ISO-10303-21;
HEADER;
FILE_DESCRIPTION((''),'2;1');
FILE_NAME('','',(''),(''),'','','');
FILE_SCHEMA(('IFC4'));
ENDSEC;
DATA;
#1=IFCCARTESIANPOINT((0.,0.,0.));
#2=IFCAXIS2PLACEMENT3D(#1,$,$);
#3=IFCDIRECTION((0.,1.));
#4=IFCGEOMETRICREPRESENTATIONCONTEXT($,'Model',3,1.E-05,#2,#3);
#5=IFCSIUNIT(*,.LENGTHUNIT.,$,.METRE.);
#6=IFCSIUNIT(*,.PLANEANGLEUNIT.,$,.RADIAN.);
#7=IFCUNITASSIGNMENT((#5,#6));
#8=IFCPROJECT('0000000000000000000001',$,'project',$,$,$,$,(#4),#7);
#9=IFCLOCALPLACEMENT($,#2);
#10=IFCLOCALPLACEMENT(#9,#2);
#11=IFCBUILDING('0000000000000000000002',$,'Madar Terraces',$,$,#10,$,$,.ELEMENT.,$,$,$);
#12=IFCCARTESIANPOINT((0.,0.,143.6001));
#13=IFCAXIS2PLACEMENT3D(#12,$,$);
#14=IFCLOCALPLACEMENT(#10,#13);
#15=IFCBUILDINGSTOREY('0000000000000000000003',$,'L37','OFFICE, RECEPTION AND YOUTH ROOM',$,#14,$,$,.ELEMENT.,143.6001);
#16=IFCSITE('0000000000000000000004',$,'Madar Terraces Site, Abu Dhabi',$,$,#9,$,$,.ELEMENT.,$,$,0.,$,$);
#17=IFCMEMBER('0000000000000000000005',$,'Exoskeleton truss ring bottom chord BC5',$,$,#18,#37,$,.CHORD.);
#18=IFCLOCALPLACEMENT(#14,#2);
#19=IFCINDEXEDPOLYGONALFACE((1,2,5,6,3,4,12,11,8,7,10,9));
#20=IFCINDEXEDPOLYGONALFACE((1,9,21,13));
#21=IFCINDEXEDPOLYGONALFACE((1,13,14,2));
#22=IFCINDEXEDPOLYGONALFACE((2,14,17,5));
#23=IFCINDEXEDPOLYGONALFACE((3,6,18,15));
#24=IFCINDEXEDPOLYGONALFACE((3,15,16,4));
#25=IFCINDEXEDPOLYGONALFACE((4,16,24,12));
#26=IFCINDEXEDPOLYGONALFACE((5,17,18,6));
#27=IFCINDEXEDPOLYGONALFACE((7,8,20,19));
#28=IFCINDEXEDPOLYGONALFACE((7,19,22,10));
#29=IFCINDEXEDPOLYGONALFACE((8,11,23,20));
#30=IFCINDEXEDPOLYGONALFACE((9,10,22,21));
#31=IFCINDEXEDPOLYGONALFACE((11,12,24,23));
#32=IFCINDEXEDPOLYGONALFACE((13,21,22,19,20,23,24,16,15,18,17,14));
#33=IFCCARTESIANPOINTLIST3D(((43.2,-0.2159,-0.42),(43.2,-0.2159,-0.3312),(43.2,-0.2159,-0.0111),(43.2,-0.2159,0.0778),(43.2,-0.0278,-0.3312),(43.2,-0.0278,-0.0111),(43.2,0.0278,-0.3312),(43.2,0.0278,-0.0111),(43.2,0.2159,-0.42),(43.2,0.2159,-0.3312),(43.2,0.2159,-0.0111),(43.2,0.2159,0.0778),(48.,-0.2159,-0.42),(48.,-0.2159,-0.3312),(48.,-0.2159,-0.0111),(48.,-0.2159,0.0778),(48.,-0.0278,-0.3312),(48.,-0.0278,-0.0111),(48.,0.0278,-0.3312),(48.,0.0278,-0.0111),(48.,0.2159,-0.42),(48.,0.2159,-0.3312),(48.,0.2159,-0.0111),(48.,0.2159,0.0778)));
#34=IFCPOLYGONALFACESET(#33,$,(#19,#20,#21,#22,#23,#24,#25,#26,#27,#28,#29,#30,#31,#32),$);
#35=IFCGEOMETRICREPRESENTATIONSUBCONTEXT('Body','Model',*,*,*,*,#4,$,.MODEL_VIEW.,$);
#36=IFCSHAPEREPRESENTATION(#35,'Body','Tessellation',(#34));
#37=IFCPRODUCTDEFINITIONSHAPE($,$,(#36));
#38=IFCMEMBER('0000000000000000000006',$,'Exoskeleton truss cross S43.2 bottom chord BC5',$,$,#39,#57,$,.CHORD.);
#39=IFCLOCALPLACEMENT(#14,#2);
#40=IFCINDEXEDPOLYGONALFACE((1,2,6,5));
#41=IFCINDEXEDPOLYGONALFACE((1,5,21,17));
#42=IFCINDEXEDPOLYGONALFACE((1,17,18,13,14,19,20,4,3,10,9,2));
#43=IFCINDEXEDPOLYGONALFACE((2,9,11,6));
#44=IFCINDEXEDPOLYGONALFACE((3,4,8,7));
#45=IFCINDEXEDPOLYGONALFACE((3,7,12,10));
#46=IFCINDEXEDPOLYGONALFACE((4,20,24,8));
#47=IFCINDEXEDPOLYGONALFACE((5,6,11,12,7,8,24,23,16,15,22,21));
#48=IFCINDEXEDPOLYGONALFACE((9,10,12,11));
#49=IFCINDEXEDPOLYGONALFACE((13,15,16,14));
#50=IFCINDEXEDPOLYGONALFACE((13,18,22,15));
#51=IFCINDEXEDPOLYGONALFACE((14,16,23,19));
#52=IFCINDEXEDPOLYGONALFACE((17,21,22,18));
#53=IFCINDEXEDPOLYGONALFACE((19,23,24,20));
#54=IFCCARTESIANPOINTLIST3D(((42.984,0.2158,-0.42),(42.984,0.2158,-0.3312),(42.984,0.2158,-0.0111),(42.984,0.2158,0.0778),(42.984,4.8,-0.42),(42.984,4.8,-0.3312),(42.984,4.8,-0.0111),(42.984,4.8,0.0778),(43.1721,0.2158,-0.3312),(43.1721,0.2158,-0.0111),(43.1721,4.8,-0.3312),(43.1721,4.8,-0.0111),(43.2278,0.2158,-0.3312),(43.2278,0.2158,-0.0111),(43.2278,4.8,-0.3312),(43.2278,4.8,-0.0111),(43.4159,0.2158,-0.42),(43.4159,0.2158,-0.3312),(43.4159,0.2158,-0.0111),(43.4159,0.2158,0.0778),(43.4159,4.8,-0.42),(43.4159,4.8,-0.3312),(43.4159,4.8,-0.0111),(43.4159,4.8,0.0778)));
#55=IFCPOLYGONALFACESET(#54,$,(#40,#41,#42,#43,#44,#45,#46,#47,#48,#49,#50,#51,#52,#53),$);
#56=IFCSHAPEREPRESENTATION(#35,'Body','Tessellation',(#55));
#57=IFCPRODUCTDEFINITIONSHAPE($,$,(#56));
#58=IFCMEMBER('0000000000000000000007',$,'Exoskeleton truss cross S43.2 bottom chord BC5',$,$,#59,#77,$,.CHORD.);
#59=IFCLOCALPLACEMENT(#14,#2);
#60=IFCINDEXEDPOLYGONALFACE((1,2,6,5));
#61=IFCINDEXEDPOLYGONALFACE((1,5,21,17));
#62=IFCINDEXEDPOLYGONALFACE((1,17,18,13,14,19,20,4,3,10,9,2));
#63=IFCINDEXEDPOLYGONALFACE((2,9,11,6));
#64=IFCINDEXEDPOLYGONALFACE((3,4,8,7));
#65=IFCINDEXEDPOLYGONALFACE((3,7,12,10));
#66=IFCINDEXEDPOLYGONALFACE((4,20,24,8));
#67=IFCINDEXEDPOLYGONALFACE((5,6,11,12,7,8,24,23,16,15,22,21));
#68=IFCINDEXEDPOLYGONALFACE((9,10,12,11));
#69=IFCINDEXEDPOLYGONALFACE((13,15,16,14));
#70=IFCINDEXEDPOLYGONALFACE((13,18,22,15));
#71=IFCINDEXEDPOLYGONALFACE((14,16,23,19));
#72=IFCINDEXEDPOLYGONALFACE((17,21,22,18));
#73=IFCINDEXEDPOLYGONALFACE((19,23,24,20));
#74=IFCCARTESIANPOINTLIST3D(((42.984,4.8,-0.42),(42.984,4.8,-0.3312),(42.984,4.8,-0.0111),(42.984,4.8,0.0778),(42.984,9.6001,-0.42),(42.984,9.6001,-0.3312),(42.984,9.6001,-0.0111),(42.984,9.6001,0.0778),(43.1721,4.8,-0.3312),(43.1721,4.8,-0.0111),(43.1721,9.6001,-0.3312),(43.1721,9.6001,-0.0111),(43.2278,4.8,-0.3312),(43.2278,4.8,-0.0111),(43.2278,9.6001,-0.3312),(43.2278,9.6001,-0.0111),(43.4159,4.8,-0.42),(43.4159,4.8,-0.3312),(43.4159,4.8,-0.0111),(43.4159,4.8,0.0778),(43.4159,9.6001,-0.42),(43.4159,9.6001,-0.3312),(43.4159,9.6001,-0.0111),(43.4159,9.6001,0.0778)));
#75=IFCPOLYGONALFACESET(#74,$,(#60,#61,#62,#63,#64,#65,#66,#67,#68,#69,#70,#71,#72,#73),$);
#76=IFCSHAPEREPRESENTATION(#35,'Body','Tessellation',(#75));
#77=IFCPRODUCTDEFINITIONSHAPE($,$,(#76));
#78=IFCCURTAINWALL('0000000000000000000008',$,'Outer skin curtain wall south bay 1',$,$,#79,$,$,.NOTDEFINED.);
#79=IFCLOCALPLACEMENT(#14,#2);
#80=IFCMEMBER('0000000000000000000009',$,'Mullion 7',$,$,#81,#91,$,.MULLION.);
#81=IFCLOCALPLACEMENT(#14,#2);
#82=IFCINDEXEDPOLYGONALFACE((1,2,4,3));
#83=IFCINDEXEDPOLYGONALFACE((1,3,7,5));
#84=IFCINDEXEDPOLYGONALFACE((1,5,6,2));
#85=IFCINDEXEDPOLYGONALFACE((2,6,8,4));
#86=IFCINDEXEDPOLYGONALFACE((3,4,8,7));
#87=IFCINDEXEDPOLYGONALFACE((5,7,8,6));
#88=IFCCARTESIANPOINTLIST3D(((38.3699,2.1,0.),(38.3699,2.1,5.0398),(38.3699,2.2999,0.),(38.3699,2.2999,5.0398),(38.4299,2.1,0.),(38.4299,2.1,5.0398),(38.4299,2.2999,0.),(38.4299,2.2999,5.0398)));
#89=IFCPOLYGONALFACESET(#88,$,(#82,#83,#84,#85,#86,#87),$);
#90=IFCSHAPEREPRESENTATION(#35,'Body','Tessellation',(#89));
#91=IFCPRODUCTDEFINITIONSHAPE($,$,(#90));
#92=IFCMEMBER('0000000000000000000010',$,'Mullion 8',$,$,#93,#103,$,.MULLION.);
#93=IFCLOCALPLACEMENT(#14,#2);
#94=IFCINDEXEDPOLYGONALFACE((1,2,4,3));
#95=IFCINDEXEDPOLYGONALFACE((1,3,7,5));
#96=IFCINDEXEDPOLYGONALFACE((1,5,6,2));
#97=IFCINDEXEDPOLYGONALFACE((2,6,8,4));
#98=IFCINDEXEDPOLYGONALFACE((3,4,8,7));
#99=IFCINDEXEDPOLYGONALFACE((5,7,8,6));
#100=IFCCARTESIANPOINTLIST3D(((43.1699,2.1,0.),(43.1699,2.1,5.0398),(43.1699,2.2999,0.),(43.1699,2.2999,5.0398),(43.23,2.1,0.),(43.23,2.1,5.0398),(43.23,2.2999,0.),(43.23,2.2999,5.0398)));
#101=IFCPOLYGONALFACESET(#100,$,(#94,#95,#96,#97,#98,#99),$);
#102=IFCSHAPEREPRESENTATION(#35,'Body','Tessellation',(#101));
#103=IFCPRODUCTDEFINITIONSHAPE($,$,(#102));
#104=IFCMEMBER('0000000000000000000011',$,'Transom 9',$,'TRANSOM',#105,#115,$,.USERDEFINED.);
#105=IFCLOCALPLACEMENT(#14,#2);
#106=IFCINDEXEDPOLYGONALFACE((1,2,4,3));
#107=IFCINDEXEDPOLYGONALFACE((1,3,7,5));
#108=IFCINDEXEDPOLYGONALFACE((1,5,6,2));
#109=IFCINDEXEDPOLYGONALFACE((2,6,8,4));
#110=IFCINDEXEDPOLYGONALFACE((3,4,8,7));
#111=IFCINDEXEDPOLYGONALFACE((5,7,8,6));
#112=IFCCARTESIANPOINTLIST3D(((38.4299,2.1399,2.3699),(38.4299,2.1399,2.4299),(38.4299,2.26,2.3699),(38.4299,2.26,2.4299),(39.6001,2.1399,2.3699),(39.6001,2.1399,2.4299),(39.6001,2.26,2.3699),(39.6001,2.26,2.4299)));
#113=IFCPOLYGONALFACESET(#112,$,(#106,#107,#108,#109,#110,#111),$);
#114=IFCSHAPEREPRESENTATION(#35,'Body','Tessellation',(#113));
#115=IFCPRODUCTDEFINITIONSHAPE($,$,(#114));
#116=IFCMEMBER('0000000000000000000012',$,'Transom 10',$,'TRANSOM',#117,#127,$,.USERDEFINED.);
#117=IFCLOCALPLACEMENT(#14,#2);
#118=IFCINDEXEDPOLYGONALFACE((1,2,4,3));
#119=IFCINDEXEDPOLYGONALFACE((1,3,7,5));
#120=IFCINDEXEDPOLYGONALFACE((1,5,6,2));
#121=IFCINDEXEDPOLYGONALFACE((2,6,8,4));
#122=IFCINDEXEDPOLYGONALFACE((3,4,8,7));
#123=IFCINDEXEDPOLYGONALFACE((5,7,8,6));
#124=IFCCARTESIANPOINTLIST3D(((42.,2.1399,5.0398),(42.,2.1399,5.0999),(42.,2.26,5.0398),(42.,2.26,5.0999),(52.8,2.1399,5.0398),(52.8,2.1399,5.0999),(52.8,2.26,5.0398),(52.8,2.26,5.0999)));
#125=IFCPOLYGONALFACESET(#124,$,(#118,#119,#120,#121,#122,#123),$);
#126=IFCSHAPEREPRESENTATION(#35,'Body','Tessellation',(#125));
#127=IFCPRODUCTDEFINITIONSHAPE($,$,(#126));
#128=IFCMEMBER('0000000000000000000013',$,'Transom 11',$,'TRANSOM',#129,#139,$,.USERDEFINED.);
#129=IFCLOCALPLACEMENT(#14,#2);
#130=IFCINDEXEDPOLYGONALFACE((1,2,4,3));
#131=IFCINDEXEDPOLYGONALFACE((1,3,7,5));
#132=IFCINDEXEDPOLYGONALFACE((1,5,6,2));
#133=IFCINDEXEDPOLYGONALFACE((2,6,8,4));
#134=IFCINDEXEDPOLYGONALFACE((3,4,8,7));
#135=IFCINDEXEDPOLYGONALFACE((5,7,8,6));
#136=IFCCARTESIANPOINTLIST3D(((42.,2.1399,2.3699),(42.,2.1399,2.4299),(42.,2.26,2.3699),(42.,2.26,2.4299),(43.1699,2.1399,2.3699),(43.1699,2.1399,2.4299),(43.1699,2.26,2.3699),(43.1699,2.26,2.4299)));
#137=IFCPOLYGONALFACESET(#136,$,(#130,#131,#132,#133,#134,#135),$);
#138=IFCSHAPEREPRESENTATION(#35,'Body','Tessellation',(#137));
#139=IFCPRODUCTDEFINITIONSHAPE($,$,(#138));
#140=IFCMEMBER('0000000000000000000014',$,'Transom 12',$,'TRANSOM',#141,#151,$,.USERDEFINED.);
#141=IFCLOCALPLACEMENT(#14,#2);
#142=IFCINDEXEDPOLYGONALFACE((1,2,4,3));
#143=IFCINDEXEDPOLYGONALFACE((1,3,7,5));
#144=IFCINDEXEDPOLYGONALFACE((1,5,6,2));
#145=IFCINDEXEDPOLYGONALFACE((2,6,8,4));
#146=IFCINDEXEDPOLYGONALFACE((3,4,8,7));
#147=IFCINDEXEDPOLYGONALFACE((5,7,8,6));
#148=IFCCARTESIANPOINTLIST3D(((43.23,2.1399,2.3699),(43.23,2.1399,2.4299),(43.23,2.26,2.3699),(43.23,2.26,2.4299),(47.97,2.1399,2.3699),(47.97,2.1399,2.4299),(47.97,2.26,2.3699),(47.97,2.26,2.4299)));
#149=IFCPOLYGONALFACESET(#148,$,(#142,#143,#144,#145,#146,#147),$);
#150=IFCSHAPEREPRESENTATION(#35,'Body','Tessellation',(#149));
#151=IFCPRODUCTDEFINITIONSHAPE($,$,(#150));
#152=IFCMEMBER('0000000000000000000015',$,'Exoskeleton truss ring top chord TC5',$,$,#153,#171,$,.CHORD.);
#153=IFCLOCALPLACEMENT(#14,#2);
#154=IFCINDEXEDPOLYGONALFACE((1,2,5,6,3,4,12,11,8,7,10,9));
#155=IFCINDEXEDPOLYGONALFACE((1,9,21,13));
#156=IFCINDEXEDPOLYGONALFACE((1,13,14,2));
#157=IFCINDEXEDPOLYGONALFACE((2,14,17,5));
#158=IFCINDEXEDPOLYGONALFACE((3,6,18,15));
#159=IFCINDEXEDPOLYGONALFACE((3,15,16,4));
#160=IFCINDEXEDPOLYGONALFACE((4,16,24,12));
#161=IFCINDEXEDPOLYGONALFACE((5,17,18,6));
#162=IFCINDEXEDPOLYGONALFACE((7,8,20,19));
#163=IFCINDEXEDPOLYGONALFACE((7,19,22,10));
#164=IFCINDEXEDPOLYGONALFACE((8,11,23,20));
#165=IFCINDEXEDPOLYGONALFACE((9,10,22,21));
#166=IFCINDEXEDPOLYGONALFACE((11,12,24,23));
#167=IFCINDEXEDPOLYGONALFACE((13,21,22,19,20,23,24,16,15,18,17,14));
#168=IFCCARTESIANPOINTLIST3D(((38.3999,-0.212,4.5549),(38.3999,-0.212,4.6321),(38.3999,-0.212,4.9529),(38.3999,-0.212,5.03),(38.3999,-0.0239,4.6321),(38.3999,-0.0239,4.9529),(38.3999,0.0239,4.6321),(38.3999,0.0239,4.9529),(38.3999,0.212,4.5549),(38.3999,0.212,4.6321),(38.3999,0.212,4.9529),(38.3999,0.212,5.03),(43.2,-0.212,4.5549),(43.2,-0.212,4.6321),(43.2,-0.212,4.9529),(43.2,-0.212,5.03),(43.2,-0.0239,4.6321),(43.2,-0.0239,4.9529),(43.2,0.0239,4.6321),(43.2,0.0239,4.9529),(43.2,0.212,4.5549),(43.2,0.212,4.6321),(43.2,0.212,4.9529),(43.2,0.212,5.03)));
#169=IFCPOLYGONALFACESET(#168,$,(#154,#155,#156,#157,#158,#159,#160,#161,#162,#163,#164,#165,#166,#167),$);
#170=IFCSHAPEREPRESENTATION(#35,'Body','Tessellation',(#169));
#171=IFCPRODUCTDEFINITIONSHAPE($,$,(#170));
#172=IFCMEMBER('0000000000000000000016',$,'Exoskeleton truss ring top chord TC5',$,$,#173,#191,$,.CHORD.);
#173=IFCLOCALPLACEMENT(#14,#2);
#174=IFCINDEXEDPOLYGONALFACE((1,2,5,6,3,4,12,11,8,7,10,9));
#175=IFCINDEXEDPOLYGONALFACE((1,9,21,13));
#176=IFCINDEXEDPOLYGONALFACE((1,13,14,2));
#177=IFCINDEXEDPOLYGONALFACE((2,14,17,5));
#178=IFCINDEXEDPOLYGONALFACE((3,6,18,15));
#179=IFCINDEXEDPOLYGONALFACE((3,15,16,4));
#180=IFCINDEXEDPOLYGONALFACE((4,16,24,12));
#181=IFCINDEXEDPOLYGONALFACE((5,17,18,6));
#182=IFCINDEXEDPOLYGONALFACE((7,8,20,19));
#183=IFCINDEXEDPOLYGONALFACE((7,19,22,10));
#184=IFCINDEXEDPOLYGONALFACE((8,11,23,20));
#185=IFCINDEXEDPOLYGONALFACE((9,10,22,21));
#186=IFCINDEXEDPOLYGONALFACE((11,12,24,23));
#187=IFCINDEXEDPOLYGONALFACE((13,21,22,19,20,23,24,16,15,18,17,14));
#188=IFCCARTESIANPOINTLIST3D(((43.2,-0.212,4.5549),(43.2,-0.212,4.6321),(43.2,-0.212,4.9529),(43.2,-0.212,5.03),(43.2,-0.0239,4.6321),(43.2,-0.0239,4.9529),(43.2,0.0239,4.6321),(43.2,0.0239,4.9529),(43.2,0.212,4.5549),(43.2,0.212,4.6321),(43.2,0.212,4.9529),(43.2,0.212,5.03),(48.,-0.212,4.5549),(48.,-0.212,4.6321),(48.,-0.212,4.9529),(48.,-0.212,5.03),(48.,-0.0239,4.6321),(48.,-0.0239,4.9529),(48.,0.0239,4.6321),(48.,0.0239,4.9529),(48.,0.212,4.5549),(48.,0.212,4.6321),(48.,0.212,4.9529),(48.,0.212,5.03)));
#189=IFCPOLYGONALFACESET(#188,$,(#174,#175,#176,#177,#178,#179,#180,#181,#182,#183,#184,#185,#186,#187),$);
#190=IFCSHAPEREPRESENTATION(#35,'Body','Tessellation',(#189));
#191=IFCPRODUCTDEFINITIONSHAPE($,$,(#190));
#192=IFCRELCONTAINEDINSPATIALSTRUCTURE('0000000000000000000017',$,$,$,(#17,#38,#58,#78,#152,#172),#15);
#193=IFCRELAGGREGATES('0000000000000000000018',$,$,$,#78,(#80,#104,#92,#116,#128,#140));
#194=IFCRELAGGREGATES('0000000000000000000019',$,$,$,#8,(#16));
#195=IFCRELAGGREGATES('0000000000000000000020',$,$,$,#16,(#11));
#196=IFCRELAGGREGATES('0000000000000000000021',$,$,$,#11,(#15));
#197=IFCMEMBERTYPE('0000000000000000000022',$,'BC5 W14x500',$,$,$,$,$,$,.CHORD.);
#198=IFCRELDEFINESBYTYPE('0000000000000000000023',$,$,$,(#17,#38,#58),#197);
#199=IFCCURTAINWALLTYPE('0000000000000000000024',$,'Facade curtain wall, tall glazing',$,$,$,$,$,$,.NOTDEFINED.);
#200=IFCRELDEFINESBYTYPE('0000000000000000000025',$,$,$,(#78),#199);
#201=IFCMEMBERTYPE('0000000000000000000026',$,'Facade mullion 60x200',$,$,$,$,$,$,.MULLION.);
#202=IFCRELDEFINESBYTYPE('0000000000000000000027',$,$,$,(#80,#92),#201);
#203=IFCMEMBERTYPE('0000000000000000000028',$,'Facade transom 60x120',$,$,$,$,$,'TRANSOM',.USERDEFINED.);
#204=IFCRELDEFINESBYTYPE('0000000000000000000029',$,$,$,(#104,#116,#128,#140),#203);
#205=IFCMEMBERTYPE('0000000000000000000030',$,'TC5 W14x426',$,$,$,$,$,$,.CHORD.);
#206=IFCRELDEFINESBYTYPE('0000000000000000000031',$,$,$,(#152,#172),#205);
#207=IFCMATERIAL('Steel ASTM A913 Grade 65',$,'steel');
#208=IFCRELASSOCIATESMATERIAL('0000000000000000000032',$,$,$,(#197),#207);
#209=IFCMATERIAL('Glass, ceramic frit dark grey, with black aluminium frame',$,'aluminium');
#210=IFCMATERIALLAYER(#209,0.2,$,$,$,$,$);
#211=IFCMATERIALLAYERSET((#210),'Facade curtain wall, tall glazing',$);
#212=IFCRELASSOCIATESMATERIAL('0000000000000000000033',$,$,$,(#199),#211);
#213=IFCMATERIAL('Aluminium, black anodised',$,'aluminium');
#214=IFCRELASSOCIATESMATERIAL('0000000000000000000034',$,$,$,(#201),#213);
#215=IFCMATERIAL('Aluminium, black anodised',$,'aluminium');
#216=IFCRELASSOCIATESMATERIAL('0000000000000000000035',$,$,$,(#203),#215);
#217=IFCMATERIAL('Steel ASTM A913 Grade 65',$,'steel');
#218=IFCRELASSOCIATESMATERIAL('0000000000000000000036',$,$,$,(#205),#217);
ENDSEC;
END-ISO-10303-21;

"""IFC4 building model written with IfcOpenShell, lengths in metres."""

from ifc_helpers import new_model, si_unit, direction, frame, origin, origin_2d, place, context, subcontext, project, spatial, rectangle, i_section, extrude, material, layer, layer_set, material_profile, profile_set, type_object, element, aggregate, save


model = new_model("IFC4")

# Units and contexts
model_context = context("Model", 3, precision=1e-05, world=origin(), true_north=direction((0.0, 1.0)))
body_context = subcontext(model_context, "Body", "Model", "MODEL_VIEW")
ifc_project = project(units=[si_unit("LENGTHUNIT", "METRE"), si_unit("PLANEANGLEUNIT", "RADIAN")], contexts=[model_context])

# Site, building, storey
site_placement = place(None, origin())
site = spatial("IfcSite", under=ifc_project, at=site_placement, Name="Madar Terraces Site, Abu Dhabi", CompositionType="ELEMENT", RefElevation=0.0)
building_placement = place(site_placement, origin())
building = spatial("IfcBuilding", under=site, at=building_placement, Name="Madar Terraces", CompositionType="ELEMENT")
storey_placement = place(building_placement, frame((0.0, 0.0, 143.6001)))
storey = spatial("IfcBuildingStorey", under=building, at=storey_placement, Name="L37", Description="OFFICE, RECEPTION AND YOUTH ROOM", CompositionType="ELEMENT", Elevation=143.6001)

# Members
ifc_material_1 = material(Name="Steel ASTM A913 Grade 65", Category="steel")
ifc_material_profile_1 = material_profile(ifc_material_1, i_section(OverallWidth=0.4319, OverallDepth=0.4978, WebThickness=0.0557, FlangeThickness=0.0889, at=origin_2d()), Name="W14x500")
ifc_profile_set_1 = profile_set([ifc_material_profile_1], Name="Steel ASTM A913 Grade 65")
member_type_1 = type_object("IfcMemberType", Name="BC5 W14x500", PredefinedType="CHORD", material=ifc_profile_set_1)
member_1_placement = place(storey_placement, frame((43.2, 0.0, -0.1711), z_axis=(1.0, 0.0, 0.0), x_axis=(0.0, 1.0, 0.0)))
element("IfcMember", 1, at=member_1_placement, inside=storey, type_object=member_type_1, Name="Exoskeleton truss ring bottom chord BC5", PredefinedType="CHORD", context=body_context, shape_type="SweptSolid", body=[
    extrude(i_section(OverallWidth=0.4319, OverallDepth=0.4978, WebThickness=0.0557, FlangeThickness=0.0889, at=origin_2d()), origin(), (0.0, 0.0, 1.0), 4.8),
])
member_2_placement = place(storey_placement, frame((43.2, 0.2158, -0.1711), z_axis=(0.0, 1.0, 0.0), x_axis=(-1.0, 0.0, 0.0)))
element("IfcMember", 2, at=member_2_placement, inside=storey, type_object=member_type_1, Name="Exoskeleton truss cross S43.2 bottom chord BC5", PredefinedType="CHORD", context=body_context, shape_type="SweptSolid", body=[
    extrude(i_section(OverallWidth=0.4319, OverallDepth=0.4978, WebThickness=0.0557, FlangeThickness=0.0889, at=origin_2d()), origin(), (0.0, 0.0, 1.0), 4.5842),
])
member_3_placement = place(storey_placement, frame((43.2, 4.8, -0.1711), z_axis=(0.0, 1.0, 0.0), x_axis=(-1.0, 0.0, 0.0)))
element("IfcMember", 3, at=member_3_placement, inside=storey, type_object=member_type_1, Name="Exoskeleton truss cross S43.2 bottom chord BC5", PredefinedType="CHORD", context=body_context, shape_type="SweptSolid", body=[
    extrude(i_section(OverallWidth=0.4319, OverallDepth=0.4978, WebThickness=0.0557, FlangeThickness=0.0889, at=origin_2d()), origin(), (0.0, 0.0, 1.0), 4.8),
])

# Curtain wall, members
ifc_material_2 = material(Name="Glass, ceramic frit dark grey, with black aluminium frame", Category="aluminium")
ifc_layer_1 = layer(ifc_material_2, 0.2)
ifc_layer_set_1 = layer_set([ifc_layer_1], Name="Facade curtain wall, tall glazing")
curtain_wall_type = type_object("IfcCurtainWallType", Name="Facade curtain wall, tall glazing", PredefinedType="NOTDEFINED", material=ifc_layer_set_1)
curtain_wall_placement = place(storey_placement, origin())
curtain_wall = element("IfcCurtainWall", 4, at=curtain_wall_placement, inside=storey, type_object=curtain_wall_type, Name="Outer skin curtain wall south bay 1", PredefinedType="NOTDEFINED")
ifc_material_3 = material(Name="Aluminium, black anodised", Category="aluminium")
ifc_material_profile_2 = material_profile(ifc_material_3, rectangle(XDim=0.2, YDim=0.0601, at=origin_2d()), Name="Facade mullion 60x200")
ifc_profile_set_2 = profile_set([ifc_material_profile_2], Name="Aluminium, black anodised")
member_type_2 = type_object("IfcMemberType", Name="Facade mullion 60x200", PredefinedType="MULLION", material=ifc_profile_set_2)
member_4_placement = place(storey_placement, frame((38.3999, 2.2, 0.0), z_axis=(0.0, 0.0, 1.0), x_axis=(0.0, 1.0, 0.0)))
member_4 = element("IfcMember", 5, at=member_4_placement, type_object=member_type_2, Name="Mullion 7", PredefinedType="MULLION", context=body_context, shape_type="SweptSolid", body=[
    extrude(rectangle(XDim=0.2, YDim=0.0601, at=origin_2d()), origin(), (0.0, 0.0, 1.0), 5.0398),
])
member_5_placement = place(storey_placement, frame((43.2, 2.2, 0.0), z_axis=(0.0, 0.0, 1.0), x_axis=(0.0, 1.0, 0.0)))
member_5 = element("IfcMember", 6, at=member_5_placement, type_object=member_type_2, Name="Mullion 8", PredefinedType="MULLION", context=body_context, shape_type="SweptSolid", body=[
    extrude(rectangle(XDim=0.2, YDim=0.0601, at=origin_2d()), origin(), (0.0, 0.0, 1.0), 5.0398),
])
ifc_material_4 = material(Name="Aluminium, black anodised", Category="aluminium")
ifc_material_profile_3 = material_profile(ifc_material_4, rectangle(XDim=0.1201, YDim=0.0601, at=origin_2d()), Name="Facade transom 60x120")
ifc_profile_set_3 = profile_set([ifc_material_profile_3], Name="Aluminium, black anodised")
member_type_3 = type_object("IfcMemberType", Name="Facade transom 60x120", ElementType="TRANSOM", PredefinedType="USERDEFINED", material=ifc_profile_set_3)
member_6_placement = place(storey_placement, frame((38.4299, 2.2, 2.3999), z_axis=(1.0, 0.0, 0.0), x_axis=(0.0, 1.0, 0.0)))
member_6 = element("IfcMember", 7, at=member_6_placement, type_object=member_type_3, Name="Transom 9", ObjectType="TRANSOM", PredefinedType="USERDEFINED", context=body_context, shape_type="SweptSolid", body=[
    extrude(rectangle(XDim=0.1201, YDim=0.0601, at=origin_2d()), origin(), (0.0, 0.0, 1.0), 1.1702),
])
member_7_placement = place(storey_placement, frame((42.0, 2.2, 5.0698), z_axis=(1.0, 0.0, 0.0), x_axis=(0.0, 1.0, 0.0)))
member_7 = element("IfcMember", 8, at=member_7_placement, type_object=member_type_3, Name="Transom 10", ObjectType="TRANSOM", PredefinedType="USERDEFINED", context=body_context, shape_type="SweptSolid", body=[
    extrude(rectangle(XDim=0.1201, YDim=0.0601, at=origin_2d()), origin(), (0.0, 0.0, 1.0), 10.8),
])
member_8_placement = place(storey_placement, frame((42.0, 2.2, 2.3999), z_axis=(1.0, 0.0, 0.0), x_axis=(0.0, 1.0, 0.0)))
member_8 = element("IfcMember", 9, at=member_8_placement, type_object=member_type_3, Name="Transom 11", ObjectType="TRANSOM", PredefinedType="USERDEFINED", context=body_context, shape_type="SweptSolid", body=[
    extrude(rectangle(XDim=0.1201, YDim=0.0601, at=origin_2d()), origin(), (0.0, 0.0, 1.0), 1.1699),
])
member_9_placement = place(storey_placement, frame((43.23, 2.2, 2.3999), z_axis=(1.0, 0.0, 0.0), x_axis=(0.0, 1.0, 0.0)))
member_9 = element("IfcMember", 10, at=member_9_placement, type_object=member_type_3, Name="Transom 12", ObjectType="TRANSOM", PredefinedType="USERDEFINED", context=body_context, shape_type="SweptSolid", body=[
    extrude(rectangle(XDim=0.1201, YDim=0.0601, at=origin_2d()), origin(), (0.0, 0.0, 1.0), 4.74),
])

# Members
ifc_material_5 = material(Name="Steel ASTM A913 Grade 65", Category="steel")
ifc_material_profile_4 = material_profile(ifc_material_5, i_section(OverallWidth=0.4241, OverallDepth=0.4751, WebThickness=0.0479, FlangeThickness=0.0771, at=origin_2d()), Name="W14x426")
ifc_profile_set_4 = profile_set([ifc_material_profile_4], Name="Steel ASTM A913 Grade 65")
member_type_4 = type_object("IfcMemberType", Name="TC5 W14x426", PredefinedType="CHORD", material=ifc_profile_set_4)
for number, where, z_axis, x_axis, name in (
    (11, (38.3999, 0.0, 4.7925), (1.0, 0.0, 0.0), (0.0, 1.0, 0.0), "Exoskeleton truss ring top chord TC5"),
    (12, (43.2, 0.0, 4.7925), (1.0, 0.0, 0.0), (0.0, 1.0, 0.0), "Exoskeleton truss ring top chord TC5"),
):
    element("IfcMember", number, at=place(storey_placement, frame(where, z_axis=z_axis, x_axis=x_axis)), inside=storey, type_object=member_type_4, Name=name, PredefinedType="CHORD", context=body_context, shape_type="SweptSolid", body=[
        extrude(i_section(OverallWidth=0.4241, OverallDepth=0.4751, WebThickness=0.0479, FlangeThickness=0.0771, at=origin_2d()), origin(), (0.0, 0.0, 1.0), 4.8),
    ])

aggregate(curtain_wall, [member_4, member_6, member_5, member_7, member_8, member_9])

save(model, "model.ifc")
